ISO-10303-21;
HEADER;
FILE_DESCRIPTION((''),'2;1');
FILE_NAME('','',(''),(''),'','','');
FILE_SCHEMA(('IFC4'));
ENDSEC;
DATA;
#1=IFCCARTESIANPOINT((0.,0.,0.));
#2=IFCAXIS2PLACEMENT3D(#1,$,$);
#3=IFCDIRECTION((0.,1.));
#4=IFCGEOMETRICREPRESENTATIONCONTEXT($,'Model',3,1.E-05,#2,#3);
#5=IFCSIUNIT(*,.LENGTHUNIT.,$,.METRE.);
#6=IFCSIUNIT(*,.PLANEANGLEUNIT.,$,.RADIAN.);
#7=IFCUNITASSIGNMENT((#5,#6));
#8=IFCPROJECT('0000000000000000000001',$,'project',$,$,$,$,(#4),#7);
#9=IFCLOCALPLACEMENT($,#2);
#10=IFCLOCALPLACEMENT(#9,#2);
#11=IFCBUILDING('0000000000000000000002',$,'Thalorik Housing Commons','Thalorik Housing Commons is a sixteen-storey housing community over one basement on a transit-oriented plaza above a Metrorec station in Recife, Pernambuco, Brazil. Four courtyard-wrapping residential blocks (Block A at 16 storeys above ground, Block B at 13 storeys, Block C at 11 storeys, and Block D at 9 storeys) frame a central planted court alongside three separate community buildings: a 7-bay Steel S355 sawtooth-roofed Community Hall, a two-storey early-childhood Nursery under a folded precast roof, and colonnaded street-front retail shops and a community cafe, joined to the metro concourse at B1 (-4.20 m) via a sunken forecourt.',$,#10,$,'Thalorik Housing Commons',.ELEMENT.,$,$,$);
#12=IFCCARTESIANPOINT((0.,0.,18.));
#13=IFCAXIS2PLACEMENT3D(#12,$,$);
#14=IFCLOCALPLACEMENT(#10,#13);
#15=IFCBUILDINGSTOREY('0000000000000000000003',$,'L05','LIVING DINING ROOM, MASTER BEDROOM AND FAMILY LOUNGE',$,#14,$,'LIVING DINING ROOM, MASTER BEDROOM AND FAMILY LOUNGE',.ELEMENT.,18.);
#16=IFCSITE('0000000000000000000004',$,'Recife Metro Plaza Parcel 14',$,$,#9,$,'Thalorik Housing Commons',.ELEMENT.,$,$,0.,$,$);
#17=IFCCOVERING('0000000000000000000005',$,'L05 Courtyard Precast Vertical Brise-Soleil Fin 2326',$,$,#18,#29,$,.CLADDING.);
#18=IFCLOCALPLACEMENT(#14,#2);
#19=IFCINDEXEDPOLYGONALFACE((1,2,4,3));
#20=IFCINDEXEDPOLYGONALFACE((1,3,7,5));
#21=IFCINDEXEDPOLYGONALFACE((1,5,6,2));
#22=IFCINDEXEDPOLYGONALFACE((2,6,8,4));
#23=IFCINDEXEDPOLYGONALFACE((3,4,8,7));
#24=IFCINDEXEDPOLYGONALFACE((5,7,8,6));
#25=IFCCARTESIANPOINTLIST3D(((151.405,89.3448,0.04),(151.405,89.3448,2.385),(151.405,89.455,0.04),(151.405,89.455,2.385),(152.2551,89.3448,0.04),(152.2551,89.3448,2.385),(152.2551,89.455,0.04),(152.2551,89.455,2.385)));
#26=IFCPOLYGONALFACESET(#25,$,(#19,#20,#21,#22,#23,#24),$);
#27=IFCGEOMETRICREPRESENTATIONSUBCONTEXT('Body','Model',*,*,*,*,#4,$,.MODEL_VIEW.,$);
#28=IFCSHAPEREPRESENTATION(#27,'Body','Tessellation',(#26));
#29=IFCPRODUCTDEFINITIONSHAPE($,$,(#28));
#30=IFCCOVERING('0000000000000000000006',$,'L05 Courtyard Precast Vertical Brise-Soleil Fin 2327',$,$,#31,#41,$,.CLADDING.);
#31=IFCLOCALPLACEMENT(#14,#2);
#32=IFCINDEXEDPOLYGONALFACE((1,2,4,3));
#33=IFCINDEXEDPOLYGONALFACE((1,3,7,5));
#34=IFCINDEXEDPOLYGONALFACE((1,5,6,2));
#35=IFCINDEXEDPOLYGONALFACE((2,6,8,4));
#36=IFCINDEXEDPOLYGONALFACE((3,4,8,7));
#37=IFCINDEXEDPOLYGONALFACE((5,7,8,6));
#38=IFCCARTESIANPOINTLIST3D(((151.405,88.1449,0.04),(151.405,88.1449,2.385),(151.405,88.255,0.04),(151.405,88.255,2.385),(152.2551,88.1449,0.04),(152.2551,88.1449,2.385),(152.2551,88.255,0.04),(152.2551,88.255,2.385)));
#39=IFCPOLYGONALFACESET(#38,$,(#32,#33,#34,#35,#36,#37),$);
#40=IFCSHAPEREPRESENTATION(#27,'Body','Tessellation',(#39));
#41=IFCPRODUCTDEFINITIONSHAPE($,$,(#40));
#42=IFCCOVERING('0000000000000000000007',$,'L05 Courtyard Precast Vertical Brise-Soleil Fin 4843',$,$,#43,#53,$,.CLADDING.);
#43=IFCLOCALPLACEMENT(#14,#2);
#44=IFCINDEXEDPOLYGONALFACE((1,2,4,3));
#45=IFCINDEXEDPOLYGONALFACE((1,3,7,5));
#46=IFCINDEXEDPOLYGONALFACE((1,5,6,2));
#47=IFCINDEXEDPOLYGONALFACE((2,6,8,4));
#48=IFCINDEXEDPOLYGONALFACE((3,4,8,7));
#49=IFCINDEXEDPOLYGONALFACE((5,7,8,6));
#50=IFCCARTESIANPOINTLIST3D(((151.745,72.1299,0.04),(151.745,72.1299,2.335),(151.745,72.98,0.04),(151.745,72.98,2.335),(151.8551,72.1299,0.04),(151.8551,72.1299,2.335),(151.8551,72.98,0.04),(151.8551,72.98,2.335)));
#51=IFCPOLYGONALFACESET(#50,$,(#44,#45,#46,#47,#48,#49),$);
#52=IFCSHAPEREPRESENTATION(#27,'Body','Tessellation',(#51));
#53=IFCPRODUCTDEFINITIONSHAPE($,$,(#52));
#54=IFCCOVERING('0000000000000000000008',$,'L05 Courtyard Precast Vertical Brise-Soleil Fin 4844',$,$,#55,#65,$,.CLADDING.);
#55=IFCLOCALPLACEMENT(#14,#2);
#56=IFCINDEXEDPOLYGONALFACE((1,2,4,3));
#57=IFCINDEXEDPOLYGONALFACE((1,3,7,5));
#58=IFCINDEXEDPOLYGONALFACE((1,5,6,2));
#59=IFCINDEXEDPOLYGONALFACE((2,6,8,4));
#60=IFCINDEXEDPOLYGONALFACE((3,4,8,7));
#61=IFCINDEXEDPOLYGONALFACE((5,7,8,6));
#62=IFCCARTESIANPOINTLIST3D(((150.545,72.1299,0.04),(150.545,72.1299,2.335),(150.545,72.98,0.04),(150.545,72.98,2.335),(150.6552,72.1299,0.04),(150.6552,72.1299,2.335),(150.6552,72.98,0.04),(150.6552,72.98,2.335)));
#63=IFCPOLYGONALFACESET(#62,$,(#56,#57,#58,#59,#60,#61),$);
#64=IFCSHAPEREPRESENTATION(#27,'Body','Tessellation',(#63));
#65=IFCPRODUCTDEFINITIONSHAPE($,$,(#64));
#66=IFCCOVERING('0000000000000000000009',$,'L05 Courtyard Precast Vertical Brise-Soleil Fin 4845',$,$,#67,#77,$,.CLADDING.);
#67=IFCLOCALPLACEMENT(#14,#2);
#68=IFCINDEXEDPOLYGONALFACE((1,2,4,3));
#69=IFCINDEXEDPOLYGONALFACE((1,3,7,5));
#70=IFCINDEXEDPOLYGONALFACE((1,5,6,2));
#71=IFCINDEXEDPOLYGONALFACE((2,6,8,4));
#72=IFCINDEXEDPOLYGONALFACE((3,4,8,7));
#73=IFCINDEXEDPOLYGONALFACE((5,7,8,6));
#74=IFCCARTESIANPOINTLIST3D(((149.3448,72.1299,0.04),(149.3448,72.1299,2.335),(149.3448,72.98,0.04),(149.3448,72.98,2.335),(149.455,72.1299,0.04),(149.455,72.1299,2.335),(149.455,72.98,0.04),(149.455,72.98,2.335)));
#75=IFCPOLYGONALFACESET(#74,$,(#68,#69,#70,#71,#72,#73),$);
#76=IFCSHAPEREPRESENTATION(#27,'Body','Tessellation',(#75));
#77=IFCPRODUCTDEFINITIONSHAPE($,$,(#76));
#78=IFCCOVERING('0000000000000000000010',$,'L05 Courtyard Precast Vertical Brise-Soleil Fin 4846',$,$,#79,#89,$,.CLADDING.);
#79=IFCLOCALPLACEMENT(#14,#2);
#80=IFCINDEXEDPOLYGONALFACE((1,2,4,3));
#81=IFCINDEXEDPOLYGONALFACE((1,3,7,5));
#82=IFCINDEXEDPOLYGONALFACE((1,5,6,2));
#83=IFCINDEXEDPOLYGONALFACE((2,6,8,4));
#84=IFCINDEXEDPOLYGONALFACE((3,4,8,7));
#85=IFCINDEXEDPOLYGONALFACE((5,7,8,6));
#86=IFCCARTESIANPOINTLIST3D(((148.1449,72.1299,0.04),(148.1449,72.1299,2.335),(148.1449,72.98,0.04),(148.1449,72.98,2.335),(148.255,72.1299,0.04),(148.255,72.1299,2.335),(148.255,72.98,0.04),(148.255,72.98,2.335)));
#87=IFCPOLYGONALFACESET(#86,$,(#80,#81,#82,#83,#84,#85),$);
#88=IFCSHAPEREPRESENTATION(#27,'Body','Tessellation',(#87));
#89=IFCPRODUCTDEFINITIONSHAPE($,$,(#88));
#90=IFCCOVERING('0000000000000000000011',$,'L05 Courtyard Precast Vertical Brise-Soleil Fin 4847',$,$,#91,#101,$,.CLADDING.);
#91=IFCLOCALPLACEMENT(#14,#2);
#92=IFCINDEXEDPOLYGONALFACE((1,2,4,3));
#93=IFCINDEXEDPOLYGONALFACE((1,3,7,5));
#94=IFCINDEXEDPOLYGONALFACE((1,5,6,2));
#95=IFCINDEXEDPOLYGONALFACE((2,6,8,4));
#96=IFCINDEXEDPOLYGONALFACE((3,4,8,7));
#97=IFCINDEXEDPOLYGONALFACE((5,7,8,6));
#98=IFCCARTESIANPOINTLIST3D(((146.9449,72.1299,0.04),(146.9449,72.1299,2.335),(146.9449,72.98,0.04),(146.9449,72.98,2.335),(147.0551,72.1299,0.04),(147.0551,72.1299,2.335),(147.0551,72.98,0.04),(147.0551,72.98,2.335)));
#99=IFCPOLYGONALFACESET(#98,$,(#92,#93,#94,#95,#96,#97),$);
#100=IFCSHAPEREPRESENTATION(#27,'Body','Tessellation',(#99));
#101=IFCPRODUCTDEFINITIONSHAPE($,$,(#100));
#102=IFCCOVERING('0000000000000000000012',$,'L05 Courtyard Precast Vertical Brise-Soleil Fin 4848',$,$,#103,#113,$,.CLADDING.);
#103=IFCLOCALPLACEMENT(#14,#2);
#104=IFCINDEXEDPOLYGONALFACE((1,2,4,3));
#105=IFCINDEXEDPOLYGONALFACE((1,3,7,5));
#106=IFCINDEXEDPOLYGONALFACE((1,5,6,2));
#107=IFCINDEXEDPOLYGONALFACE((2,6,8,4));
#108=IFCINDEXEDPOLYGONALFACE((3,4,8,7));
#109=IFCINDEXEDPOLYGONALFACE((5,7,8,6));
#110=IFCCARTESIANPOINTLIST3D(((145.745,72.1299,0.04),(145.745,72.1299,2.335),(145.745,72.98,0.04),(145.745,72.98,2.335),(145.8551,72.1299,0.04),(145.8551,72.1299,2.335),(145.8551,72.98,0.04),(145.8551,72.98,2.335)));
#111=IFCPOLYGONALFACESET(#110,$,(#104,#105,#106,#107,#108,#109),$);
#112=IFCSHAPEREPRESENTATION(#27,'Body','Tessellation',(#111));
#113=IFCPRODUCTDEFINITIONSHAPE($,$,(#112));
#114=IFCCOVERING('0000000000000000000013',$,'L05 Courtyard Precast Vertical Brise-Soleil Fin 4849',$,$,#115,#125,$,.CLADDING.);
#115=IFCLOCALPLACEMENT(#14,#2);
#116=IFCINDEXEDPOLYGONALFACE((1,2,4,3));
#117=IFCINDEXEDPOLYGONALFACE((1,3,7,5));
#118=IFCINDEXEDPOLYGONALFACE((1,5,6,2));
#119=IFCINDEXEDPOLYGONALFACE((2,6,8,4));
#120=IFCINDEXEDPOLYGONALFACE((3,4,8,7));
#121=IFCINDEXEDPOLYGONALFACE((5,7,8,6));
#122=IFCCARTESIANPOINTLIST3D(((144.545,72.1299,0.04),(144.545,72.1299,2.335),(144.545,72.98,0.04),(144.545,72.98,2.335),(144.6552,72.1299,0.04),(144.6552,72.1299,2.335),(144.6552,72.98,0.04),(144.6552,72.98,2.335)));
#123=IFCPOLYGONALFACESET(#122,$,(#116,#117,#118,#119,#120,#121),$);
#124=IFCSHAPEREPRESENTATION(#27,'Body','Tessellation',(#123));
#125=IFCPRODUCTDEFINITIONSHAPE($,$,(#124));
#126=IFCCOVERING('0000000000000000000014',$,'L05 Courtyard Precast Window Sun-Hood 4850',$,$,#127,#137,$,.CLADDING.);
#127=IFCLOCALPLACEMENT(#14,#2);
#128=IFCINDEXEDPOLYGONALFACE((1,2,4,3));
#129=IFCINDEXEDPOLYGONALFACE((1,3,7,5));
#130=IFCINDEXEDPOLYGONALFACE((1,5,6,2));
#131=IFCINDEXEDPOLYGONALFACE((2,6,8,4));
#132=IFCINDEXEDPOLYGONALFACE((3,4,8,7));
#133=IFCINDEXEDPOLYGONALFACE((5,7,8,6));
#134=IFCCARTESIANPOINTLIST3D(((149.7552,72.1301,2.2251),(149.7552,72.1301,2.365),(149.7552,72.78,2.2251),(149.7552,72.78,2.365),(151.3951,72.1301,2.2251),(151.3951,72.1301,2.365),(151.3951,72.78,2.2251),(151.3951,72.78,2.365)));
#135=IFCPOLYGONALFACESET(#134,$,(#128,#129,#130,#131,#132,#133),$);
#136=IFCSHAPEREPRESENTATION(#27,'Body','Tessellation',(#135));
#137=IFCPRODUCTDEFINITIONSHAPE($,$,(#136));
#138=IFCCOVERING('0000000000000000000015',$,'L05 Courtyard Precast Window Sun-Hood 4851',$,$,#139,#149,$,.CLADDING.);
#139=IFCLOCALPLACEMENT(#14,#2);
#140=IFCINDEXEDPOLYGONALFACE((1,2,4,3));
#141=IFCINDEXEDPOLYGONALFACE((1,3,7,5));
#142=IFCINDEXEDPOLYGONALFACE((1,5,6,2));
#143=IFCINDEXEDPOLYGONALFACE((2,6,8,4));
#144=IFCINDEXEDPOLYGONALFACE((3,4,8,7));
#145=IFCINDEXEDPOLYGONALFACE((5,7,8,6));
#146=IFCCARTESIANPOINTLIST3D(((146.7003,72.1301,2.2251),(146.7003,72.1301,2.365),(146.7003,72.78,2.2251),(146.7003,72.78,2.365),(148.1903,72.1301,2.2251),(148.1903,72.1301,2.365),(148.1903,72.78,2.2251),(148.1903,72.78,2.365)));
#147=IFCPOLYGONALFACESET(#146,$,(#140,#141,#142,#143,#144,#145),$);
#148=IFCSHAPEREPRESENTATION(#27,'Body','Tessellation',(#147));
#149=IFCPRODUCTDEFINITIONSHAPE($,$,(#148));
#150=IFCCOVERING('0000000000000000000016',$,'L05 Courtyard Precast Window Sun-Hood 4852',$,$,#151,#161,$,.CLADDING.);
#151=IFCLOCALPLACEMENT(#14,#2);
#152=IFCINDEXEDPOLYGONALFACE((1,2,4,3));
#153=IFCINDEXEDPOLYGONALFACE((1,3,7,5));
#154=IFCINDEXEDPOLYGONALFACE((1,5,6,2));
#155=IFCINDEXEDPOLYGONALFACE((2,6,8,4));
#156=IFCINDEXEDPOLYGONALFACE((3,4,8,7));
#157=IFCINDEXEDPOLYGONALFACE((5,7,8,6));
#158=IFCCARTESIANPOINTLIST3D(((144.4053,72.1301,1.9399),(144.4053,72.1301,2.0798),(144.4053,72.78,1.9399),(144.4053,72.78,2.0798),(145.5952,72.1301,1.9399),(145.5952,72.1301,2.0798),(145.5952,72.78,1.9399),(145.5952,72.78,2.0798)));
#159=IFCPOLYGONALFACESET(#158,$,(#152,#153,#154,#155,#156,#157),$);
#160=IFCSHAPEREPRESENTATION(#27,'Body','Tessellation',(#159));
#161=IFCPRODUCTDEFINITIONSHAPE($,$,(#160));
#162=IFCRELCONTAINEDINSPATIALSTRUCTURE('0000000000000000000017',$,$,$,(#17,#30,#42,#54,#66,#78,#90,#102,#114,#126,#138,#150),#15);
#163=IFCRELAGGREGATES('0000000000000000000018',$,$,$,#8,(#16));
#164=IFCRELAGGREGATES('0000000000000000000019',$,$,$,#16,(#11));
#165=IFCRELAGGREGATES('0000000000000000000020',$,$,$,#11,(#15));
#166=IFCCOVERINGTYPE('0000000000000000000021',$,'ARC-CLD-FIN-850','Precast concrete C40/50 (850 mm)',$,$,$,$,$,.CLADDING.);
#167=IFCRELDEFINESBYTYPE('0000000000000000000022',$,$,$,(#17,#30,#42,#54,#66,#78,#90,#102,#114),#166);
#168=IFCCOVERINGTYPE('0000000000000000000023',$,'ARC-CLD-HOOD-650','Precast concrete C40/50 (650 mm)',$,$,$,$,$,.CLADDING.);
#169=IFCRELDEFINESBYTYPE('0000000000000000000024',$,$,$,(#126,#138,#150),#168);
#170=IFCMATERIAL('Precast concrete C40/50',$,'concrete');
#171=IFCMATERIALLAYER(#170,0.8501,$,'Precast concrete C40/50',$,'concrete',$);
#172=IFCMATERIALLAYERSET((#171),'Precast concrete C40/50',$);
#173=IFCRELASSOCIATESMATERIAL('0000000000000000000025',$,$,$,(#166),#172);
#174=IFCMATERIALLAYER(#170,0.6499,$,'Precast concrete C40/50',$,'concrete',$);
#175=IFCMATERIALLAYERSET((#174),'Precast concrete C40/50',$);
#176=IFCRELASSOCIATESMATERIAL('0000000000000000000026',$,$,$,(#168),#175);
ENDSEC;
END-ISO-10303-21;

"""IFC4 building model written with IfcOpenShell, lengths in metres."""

from ifc_helpers import new_model, si_unit, direction, frame, origin, origin_2d, place, context, subcontext, project, spatial, rectangle, extrude, material, layer, layer_set, type_object, element, save


model = new_model("IFC4")

# Units and contexts
model_context = context("Model", 3, precision=1e-05, world=origin(), true_north=direction((0.0, 1.0)))
body_context = subcontext(model_context, "Body", "Model", "MODEL_VIEW")
ifc_project = project(units=[si_unit("LENGTHUNIT", "METRE"), si_unit("PLANEANGLEUNIT", "RADIAN")], contexts=[model_context])

# Site, building, storey
site_placement = place(None, origin())
site = spatial("IfcSite", under=ifc_project, at=site_placement, Name="Recife Metro Plaza Parcel 14", LongName="Thalorik Housing Commons", CompositionType="ELEMENT", RefElevation=0.0)
building_placement = place(site_placement, origin())
building = spatial("IfcBuilding", under=site, at=building_placement, Name="Thalorik Housing Commons", Description="Thalorik Housing Commons is a sixteen-storey housing community over one basement on a transit-oriented plaza above a Metrorec station in Recife, Pernambuco, Brazil. Four courtyard-wrapping residential blocks (Block A at 16 storeys above ground, Block B at 13 storeys, Block C at 11 storeys, and Block D at 9 storeys) frame a central planted court alongside three separate community buildings: a 7-bay Steel S355 sawtooth-roofed Community Hall, a two-storey early-childhood Nursery under a folded precast roof, and colonnaded street-front retail shops and a community cafe, joined to the metro concourse at B1 (-4.20 m) via a sunken forecourt.", LongName="Thalorik Housing Commons", CompositionType="ELEMENT")
storey_placement = place(building_placement, frame((0.0, 0.0, 18.0)))
storey = spatial("IfcBuildingStorey", under=building, at=storey_placement, Name="L05", Description="LIVING DINING ROOM, MASTER BEDROOM AND FAMILY LOUNGE", LongName="LIVING DINING ROOM, MASTER BEDROOM AND FAMILY LOUNGE", CompositionType="ELEMENT", Elevation=18.0)

# Shared definitions
ifc_material_1 = material(Name="Precast concrete C40/50", Category="concrete")

# Coverings
ifc_layer_1 = layer(ifc_material_1, 0.8501, Name="Precast concrete C40/50", Category="concrete")
ifc_layer_set_1 = layer_set([ifc_layer_1], Name="Precast concrete C40/50")
covering_type_1 = type_object("IfcCoveringType", Name="ARC-CLD-FIN-850", Description="Precast concrete C40/50 (850 mm)", PredefinedType="CLADDING", material=ifc_layer_set_1)
for number, where, z_axis, x_axis, name in (
    (1, (151.8301, 89.3999, 0.04), (0.0, 0.0, 1.0), (0.0, -1.0, 0.0), "L05 Courtyard Precast Vertical Brise-Soleil Fin 2326"),
    (2, (151.8301, 88.2, 0.04), (0.0, 0.0, 1.0), (0.0, -1.0, 0.0), "L05 Courtyard Precast Vertical Brise-Soleil Fin 2327"),
):
    element("IfcCovering", number, at=place(storey_placement, frame(where, z_axis=z_axis, x_axis=x_axis)), inside=storey, type_object=covering_type_1, Name=name, PredefinedType="CLADDING", context=body_context, shape_type="SweptSolid", body=[
        extrude(rectangle(XDim=0.1101, YDim=0.8501, at=origin_2d()), origin(), (0.0, 0.0, 1.0), 2.345),
    ])
for number, where, z_axis, x_axis, name in (
    (3, (151.8, 72.5549, 0.04), (0.0, 0.0, 1.0), (-1.0, 0.0, 0.0), "L05 Courtyard Precast Vertical Brise-Soleil Fin 4843"),
    (4, (150.6001, 72.5549, 0.04), (0.0, 0.0, 1.0), (-1.0, 0.0, 0.0), "L05 Courtyard Precast Vertical Brise-Soleil Fin 4844"),
    (5, (149.3999, 72.5549, 0.04), (0.0, 0.0, 1.0), (-1.0, 0.0, 0.0), "L05 Courtyard Precast Vertical Brise-Soleil Fin 4845"),
    (6, (148.2, 72.5549, 0.04), (0.0, 0.0, 1.0), (-1.0, 0.0, 0.0), "L05 Courtyard Precast Vertical Brise-Soleil Fin 4846"),
    (7, (147.0, 72.5549, 0.04), (0.0, 0.0, 1.0), (-1.0, 0.0, 0.0), "L05 Courtyard Precast Vertical Brise-Soleil Fin 4847"),
    (8, (145.8, 72.5549, 0.04), (0.0, 0.0, 1.0), (-1.0, 0.0, 0.0), "L05 Courtyard Precast Vertical Brise-Soleil Fin 4848"),
    (9, (144.6001, 72.5549, 0.04), (0.0, 0.0, 1.0), (-1.0, 0.0, 0.0), "L05 Courtyard Precast Vertical Brise-Soleil Fin 4849"),
):
    element("IfcCovering", number, at=place(storey_placement, frame(where, z_axis=z_axis, x_axis=x_axis)), inside=storey, type_object=covering_type_1, Name=name, PredefinedType="CLADDING", context=body_context, shape_type="SweptSolid", body=[
        extrude(rectangle(XDim=0.1101, YDim=0.8501, at=origin_2d()), origin(), (0.0, 0.0, 1.0), 2.2949),
    ])
ifc_layer_2 = layer(ifc_material_1, 0.6499, Name="Precast concrete C40/50", Category="concrete")
ifc_layer_set_2 = layer_set([ifc_layer_2], Name="Precast concrete C40/50")
covering_type_2 = type_object("IfcCoveringType", Name="ARC-CLD-HOOD-650", Description="Precast concrete C40/50 (650 mm)", PredefinedType="CLADDING", material=ifc_layer_set_2)
covering_1_placement = place(storey_placement, frame((150.5752, 72.4551, 2.2251), z_axis=(0.0, 0.0, 1.0), x_axis=(-1.0, 0.0, 0.0)))
element("IfcCovering", 10, at=covering_1_placement, inside=storey, type_object=covering_type_2, Name="L05 Courtyard Precast Window Sun-Hood 4850", PredefinedType="CLADDING", context=body_context, shape_type="SweptSolid", body=[
    extrude(rectangle(XDim=1.6399, YDim=0.6499, at=origin_2d()), origin(), (0.0, 0.0, 1.0), 0.1399),
])
covering_2_placement = place(storey_placement, frame((147.4453, 72.4551, 2.2251), z_axis=(0.0, 0.0, 1.0), x_axis=(-1.0, 0.0, 0.0)))
element("IfcCovering", 11, at=covering_2_placement, inside=storey, type_object=covering_type_2, Name="L05 Courtyard Precast Window Sun-Hood 4851", PredefinedType="CLADDING", context=body_context, shape_type="SweptSolid", body=[
    extrude(rectangle(XDim=1.49, YDim=0.6499, at=origin_2d()), origin(), (0.0, 0.0, 1.0), 0.1399),
])
covering_3_placement = place(storey_placement, frame((145.0002, 72.4551, 1.9399), z_axis=(0.0, 0.0, 1.0), x_axis=(-1.0, 0.0, 0.0)))
element("IfcCovering", 12, at=covering_3_placement, inside=storey, type_object=covering_type_2, Name="L05 Courtyard Precast Window Sun-Hood 4852", PredefinedType="CLADDING", context=body_context, shape_type="SweptSolid", body=[
    extrude(rectangle(XDim=1.1899, YDim=0.6499, at=origin_2d()), origin(), (0.0, 0.0, 1.0), 0.1399),
])

save(model, "model.ifc")
